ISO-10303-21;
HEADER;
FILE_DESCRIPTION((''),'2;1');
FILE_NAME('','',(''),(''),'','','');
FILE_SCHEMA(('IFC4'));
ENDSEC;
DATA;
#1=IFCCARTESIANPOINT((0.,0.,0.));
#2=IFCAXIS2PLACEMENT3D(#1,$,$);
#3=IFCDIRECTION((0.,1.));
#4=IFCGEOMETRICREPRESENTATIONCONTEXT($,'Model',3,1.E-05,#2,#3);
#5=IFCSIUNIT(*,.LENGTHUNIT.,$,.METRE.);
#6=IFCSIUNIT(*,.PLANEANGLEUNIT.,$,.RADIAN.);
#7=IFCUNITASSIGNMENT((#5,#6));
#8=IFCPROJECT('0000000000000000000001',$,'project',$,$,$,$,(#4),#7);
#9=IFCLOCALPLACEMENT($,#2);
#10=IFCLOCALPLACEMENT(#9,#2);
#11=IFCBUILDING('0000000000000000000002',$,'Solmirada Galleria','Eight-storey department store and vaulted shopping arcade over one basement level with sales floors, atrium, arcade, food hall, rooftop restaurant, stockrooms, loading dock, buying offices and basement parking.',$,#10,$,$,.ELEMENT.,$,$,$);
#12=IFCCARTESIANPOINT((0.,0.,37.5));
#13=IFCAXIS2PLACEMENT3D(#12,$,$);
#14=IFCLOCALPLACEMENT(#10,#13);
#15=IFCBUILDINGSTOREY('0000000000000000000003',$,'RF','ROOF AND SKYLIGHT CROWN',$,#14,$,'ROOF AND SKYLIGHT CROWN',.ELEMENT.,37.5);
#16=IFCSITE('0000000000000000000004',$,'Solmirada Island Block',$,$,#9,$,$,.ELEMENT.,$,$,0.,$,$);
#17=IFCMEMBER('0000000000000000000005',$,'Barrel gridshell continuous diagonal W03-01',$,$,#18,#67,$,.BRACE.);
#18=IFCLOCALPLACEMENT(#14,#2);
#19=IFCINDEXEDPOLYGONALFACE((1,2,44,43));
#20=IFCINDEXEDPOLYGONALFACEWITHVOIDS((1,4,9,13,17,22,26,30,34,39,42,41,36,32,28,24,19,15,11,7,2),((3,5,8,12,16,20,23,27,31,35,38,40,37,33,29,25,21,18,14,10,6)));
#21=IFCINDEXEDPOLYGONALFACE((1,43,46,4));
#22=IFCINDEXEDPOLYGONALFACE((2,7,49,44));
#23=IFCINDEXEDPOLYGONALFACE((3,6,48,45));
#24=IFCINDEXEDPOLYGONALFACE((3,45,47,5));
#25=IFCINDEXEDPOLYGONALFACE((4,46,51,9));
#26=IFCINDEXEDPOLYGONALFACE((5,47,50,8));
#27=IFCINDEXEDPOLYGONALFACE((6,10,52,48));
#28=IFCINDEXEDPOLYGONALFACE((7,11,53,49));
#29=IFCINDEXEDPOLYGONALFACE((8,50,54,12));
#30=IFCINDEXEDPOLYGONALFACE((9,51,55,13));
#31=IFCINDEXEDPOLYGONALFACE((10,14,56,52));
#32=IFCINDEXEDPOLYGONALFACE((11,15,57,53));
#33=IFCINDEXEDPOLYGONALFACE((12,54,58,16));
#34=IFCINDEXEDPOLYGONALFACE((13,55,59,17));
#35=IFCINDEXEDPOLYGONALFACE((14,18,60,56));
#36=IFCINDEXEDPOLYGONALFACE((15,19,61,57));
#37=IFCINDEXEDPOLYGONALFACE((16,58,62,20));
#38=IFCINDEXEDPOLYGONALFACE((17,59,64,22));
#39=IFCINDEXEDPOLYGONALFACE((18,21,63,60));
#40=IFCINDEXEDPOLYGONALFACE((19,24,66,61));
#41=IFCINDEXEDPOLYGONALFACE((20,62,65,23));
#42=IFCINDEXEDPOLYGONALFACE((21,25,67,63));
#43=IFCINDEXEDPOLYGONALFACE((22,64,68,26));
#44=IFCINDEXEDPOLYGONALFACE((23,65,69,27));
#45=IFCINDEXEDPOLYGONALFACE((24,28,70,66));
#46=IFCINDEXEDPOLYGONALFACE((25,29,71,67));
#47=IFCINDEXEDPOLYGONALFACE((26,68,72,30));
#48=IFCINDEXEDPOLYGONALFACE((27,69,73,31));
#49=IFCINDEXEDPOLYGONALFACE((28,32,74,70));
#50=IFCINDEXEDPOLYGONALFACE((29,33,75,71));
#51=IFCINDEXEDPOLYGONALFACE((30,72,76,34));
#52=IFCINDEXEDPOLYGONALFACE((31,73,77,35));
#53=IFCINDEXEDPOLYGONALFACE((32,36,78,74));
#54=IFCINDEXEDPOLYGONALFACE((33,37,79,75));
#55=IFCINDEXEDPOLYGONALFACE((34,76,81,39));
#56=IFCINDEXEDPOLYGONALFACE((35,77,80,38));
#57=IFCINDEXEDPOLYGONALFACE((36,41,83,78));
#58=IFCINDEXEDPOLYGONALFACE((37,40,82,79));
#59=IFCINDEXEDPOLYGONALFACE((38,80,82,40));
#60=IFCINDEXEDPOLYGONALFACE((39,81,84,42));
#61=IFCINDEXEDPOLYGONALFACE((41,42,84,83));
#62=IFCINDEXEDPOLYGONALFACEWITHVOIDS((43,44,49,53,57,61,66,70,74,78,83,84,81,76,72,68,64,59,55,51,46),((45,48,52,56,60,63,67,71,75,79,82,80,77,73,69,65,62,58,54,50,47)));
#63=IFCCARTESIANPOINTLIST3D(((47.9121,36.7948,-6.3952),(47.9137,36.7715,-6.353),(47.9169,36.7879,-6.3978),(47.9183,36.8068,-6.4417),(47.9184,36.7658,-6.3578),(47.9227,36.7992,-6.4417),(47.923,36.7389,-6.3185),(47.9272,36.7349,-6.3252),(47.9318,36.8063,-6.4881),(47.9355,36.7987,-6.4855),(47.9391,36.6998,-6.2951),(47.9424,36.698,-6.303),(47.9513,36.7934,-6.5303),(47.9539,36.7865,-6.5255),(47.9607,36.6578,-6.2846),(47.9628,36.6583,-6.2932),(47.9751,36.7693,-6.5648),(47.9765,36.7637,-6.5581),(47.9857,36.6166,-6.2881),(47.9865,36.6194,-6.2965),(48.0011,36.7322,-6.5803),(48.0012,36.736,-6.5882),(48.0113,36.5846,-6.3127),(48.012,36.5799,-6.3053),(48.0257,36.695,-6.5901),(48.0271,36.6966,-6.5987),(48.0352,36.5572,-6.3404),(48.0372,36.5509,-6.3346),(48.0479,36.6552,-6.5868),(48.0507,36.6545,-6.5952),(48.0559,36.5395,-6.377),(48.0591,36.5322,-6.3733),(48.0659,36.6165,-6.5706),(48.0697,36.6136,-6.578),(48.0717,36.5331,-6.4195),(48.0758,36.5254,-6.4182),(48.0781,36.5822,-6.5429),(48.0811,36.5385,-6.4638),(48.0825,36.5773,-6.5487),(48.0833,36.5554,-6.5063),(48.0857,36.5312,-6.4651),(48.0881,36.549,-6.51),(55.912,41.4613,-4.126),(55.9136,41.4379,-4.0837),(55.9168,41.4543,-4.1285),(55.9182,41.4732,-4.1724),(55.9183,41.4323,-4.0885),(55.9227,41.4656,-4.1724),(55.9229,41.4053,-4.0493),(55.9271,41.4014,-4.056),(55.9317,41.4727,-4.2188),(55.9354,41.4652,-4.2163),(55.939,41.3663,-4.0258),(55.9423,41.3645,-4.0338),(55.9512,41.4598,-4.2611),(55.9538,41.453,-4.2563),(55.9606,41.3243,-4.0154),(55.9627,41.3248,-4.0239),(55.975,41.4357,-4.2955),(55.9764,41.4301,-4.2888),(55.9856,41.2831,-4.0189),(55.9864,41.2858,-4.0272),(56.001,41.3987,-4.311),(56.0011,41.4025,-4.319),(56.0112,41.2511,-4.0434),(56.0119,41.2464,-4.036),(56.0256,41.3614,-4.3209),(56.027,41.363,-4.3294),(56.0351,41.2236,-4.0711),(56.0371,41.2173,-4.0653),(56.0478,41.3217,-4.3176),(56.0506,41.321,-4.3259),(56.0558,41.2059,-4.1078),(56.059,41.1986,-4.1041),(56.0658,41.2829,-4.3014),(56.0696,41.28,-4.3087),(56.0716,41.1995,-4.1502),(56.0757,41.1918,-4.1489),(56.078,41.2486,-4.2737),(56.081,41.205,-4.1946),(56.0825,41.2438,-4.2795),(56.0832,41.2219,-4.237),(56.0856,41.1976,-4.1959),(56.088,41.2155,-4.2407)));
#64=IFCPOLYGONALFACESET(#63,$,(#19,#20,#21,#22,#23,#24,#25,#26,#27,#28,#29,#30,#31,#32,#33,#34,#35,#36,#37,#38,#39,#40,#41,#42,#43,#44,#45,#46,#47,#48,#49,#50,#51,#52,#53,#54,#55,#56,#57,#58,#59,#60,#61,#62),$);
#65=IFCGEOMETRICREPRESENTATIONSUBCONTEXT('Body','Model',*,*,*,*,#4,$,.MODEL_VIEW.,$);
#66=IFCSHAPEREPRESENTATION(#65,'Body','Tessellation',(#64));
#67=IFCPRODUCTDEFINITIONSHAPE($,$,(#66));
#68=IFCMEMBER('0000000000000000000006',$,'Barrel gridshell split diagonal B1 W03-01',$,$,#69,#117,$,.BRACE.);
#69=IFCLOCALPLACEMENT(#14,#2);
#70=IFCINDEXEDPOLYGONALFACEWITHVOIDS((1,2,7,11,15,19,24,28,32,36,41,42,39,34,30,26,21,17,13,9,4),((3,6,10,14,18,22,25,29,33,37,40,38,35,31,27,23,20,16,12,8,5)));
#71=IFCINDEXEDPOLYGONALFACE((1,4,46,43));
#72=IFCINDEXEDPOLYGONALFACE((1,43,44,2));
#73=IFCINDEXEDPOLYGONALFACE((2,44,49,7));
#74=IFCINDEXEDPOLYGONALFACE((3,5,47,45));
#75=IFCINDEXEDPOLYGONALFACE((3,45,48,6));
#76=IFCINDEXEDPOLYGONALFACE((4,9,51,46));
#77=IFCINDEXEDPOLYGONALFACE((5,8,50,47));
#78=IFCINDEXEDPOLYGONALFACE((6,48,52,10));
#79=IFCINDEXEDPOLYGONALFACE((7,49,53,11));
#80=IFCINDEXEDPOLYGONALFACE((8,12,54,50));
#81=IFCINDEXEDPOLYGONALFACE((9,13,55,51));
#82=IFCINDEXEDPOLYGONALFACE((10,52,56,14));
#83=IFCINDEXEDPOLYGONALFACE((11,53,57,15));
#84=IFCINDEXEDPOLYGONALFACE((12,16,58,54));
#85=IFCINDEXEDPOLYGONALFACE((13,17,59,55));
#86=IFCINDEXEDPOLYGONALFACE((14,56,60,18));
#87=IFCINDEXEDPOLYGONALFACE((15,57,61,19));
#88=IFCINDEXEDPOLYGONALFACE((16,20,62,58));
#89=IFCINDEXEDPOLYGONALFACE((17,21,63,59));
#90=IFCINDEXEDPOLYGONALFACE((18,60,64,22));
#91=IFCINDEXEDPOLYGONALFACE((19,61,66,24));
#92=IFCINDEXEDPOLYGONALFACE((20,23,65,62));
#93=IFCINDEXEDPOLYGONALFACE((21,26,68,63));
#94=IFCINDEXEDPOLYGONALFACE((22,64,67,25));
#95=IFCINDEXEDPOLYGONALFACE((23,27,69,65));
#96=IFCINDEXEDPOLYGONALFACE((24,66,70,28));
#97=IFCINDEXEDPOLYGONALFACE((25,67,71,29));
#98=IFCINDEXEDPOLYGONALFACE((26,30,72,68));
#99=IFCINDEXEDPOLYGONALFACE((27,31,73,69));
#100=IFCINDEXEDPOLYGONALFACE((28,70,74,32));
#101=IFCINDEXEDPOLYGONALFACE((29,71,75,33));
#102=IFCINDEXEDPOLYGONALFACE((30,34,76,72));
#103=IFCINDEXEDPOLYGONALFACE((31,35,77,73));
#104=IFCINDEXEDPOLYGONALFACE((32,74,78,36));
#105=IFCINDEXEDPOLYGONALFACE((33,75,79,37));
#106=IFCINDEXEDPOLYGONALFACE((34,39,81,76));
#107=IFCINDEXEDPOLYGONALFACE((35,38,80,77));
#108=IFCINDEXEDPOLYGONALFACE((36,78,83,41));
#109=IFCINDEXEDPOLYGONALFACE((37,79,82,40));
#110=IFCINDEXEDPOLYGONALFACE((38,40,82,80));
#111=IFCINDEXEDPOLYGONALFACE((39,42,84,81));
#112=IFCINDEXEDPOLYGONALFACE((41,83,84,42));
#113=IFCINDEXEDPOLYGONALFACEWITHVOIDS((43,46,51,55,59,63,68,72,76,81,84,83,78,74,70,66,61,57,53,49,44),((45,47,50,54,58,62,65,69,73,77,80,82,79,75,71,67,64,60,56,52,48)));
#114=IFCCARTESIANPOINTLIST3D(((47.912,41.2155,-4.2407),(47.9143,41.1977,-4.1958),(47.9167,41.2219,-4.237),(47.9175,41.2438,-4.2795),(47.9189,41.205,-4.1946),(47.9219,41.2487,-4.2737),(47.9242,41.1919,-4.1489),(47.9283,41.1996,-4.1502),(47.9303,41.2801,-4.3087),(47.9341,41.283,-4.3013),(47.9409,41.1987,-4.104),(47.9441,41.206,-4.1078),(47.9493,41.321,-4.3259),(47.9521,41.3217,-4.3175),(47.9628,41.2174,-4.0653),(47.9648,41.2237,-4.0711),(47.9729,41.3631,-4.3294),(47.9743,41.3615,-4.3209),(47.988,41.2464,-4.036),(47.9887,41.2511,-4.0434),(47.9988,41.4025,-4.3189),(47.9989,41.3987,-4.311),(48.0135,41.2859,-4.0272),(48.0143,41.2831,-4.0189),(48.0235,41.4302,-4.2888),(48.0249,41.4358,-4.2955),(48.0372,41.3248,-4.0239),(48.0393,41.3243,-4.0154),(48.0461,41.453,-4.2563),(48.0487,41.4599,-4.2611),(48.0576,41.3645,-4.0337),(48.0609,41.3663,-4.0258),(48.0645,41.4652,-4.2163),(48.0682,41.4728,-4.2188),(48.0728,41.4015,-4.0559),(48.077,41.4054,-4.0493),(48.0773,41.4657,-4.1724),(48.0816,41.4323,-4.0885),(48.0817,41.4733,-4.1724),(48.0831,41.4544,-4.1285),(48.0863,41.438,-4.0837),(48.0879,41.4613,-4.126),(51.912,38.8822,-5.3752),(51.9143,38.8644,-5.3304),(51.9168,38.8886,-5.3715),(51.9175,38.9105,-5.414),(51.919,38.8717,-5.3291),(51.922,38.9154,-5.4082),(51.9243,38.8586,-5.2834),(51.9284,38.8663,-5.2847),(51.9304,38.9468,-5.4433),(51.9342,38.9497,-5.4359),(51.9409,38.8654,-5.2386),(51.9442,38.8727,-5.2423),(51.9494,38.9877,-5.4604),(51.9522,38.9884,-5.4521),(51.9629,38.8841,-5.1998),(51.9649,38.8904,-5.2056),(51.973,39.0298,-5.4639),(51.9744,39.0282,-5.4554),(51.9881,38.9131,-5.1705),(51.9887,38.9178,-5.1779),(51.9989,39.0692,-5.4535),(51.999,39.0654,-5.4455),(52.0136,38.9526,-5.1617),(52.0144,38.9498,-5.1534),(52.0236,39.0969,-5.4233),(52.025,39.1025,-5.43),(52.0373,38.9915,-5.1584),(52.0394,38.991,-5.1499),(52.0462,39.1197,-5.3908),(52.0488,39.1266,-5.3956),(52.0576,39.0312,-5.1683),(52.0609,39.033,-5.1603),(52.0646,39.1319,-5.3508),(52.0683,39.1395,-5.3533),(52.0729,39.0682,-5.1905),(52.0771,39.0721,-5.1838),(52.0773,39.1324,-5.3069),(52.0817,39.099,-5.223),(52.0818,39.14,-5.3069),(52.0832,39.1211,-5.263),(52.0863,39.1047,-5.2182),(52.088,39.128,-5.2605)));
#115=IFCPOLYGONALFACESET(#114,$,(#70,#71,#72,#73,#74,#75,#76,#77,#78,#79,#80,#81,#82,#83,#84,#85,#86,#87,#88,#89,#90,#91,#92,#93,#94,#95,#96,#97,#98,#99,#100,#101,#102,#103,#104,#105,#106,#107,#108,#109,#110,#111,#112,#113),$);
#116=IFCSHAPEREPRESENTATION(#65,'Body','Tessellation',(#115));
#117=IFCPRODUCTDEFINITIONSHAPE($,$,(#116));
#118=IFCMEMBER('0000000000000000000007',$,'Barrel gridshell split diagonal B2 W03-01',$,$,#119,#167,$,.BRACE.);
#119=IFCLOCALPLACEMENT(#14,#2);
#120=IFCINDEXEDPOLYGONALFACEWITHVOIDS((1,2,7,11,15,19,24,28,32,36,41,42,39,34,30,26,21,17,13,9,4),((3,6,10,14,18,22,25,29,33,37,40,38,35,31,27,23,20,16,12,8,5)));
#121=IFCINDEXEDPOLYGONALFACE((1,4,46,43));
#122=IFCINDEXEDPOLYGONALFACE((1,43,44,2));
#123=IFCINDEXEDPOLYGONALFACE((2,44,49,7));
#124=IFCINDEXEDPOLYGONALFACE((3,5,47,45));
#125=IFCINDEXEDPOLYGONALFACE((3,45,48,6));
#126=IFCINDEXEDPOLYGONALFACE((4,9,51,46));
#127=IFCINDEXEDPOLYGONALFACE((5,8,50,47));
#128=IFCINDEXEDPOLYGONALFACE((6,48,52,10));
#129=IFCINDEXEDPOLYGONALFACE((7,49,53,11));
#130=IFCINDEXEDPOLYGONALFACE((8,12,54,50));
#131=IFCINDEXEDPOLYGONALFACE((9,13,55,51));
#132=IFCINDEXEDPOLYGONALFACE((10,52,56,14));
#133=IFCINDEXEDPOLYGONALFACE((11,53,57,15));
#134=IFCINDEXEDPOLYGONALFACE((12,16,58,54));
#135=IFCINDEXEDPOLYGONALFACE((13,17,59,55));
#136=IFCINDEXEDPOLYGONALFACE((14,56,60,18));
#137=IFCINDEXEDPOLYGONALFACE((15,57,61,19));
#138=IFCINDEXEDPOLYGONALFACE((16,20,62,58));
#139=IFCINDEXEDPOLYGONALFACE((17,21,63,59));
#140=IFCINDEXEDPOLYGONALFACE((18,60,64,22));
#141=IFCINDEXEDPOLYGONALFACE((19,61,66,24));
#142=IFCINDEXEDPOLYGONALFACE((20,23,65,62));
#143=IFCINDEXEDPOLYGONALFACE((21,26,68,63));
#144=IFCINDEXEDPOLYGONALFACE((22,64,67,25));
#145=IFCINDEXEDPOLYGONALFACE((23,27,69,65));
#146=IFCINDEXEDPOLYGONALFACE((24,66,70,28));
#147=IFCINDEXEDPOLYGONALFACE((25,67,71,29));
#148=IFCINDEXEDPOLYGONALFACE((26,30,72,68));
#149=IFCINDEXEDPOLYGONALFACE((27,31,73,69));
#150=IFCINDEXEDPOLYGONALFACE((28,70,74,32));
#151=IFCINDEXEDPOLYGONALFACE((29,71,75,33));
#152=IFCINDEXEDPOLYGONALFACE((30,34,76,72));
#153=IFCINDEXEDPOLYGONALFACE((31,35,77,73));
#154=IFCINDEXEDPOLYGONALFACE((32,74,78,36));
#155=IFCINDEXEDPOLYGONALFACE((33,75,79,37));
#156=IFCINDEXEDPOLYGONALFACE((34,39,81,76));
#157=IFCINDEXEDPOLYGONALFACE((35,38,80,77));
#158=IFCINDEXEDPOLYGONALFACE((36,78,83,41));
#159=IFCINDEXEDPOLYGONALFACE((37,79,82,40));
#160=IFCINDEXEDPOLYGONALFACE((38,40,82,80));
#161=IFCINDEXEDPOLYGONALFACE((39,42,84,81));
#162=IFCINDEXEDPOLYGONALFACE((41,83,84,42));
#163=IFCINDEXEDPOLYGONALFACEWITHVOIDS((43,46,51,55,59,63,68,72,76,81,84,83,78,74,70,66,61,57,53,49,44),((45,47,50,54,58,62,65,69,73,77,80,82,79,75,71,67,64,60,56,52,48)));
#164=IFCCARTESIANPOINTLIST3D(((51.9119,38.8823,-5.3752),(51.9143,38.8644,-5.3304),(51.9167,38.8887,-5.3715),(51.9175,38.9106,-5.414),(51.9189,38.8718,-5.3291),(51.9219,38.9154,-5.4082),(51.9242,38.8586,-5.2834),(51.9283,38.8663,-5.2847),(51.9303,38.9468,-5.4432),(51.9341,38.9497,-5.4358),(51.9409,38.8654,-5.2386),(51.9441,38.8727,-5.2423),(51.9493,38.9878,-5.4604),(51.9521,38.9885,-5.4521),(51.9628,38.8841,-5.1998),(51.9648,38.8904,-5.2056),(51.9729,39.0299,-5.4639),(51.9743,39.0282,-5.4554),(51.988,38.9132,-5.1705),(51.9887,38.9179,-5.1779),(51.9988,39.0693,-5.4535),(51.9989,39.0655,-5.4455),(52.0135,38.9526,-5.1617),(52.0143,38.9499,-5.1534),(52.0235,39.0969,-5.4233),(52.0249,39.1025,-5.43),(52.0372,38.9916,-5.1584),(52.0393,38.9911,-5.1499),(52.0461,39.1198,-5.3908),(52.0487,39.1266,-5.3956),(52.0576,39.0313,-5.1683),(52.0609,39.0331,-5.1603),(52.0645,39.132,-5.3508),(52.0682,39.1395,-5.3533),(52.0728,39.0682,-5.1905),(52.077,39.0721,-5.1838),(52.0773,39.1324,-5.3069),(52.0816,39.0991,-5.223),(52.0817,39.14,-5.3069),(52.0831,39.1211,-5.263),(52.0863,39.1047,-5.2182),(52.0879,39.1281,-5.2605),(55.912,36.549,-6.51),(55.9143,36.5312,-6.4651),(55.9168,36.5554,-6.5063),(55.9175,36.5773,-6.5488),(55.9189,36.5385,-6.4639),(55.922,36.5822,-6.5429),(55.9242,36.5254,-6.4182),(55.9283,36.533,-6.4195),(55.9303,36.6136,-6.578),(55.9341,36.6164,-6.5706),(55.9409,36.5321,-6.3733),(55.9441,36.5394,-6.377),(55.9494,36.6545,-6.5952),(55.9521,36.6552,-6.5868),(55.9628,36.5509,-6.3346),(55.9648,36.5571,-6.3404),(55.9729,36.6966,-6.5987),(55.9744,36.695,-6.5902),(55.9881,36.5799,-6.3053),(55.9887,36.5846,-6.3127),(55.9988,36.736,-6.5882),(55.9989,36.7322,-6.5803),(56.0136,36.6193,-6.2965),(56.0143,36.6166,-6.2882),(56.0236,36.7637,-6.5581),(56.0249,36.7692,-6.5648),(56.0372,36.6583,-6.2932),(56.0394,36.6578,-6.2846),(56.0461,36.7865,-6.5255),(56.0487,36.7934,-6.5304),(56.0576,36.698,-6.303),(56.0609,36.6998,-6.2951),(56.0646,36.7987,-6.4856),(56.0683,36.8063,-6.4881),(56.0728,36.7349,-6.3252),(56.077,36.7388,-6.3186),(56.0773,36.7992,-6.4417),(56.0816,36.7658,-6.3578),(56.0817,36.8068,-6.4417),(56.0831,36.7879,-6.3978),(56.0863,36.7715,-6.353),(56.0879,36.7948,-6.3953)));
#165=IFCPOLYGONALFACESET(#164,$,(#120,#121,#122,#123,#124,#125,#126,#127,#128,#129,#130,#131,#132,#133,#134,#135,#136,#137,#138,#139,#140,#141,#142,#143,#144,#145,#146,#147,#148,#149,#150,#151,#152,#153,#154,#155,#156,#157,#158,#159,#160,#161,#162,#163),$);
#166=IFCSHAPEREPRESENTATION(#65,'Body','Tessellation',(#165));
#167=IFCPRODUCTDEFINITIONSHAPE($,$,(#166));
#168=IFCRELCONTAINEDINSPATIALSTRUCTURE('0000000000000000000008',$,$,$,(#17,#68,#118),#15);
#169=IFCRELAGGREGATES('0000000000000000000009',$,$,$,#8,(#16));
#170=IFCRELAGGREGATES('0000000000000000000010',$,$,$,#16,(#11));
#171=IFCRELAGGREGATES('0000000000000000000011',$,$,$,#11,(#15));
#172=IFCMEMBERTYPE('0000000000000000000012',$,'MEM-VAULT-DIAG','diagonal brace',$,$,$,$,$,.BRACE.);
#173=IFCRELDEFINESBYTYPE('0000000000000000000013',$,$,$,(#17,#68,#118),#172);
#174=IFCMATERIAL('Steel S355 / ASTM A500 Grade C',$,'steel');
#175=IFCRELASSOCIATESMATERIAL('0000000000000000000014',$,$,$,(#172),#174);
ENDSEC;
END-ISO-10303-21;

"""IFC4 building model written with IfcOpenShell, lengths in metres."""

from ifc_helpers import new_model, si_unit, direction, frame, origin, origin_2d, place, context, subcontext, project, spatial, hollow_circle, extrude, material, material_profile, profile_set, type_object, element, save


model = new_model("IFC4")

# Units and contexts
model_context = context("Model", 3, precision=1e-05, world=origin(), true_north=direction((0.0, 1.0)))
body_context = subcontext(model_context, "Body", "Model", "MODEL_VIEW")
ifc_project = project(units=[si_unit("LENGTHUNIT", "METRE"), si_unit("PLANEANGLEUNIT", "RADIAN")], contexts=[model_context])

# Site, building, storey
site_placement = place(None, origin())
site = spatial("IfcSite", under=ifc_project, at=site_placement, Name="Solmirada Island Block", CompositionType="ELEMENT", RefElevation=0.0)
building_placement = place(site_placement, origin())
building = spatial("IfcBuilding", under=site, at=building_placement, Name="Solmirada Galleria", Description="Eight-storey department store and vaulted shopping arcade over one basement level with sales floors, atrium, arcade, food hall, rooftop restaurant, stockrooms, loading dock, buying offices and basement parking.", CompositionType="ELEMENT")
storey_placement = place(building_placement, frame((0.0, 0.0, 37.5)))
storey = spatial("IfcBuildingStorey", under=building, at=storey_placement, Name="RF", Description="ROOF AND SKYLIGHT CROWN", LongName="ROOF AND SKYLIGHT CROWN", CompositionType="ELEMENT", Elevation=37.5)

# Members
ifc_material_1 = material(Name="Steel S355 / ASTM A500 Grade C", Category="steel")
ifc_material_profile_1 = material_profile(ifc_material_1, hollow_circle(Radius=0.1621, WallThickness=0.0088, at=origin_2d()), Name="HSS12.750X0.375")
ifc_profile_set_1 = profile_set([ifc_material_profile_1], Name="Steel S355 / ASTM A500 Grade C")
member_type_1 = type_object("IfcMemberType", Name="MEM-VAULT-DIAG", Description="diagonal brace", PredefinedType="BRACE", material=ifc_profile_set_1)
member_1_placement = place(storey_placement, frame((48.0, 36.6667, -6.4417), z_axis=(0.838969, 0.489382, 0.237983), x_axis=(-0.503858, 0.863787, 0.0)))
element("IfcMember", 1, at=member_1_placement, inside=storey, type_object=member_type_1, Name="Barrel gridshell continuous diagonal W03-01", PredefinedType="BRACE", context=body_context, shape_type="SweptSolid", body=[
    extrude(hollow_circle(Radius=0.1621, WallThickness=0.0088, at=origin_2d()), origin(), (0.0, 0.0, 1.0), 9.5354),
])
for number, where, z_axis, x_axis, name in (
    (2, (48.0, 41.3333, -4.1724), (0.838975, -0.489385, -0.237959), (0.503858, 0.863787, 0.0), "Barrel gridshell split diagonal B1 W03-01"),
    (3, (52.0, 39.0, -5.3069), (0.838964, -0.489379, -0.238007), (0.503858, 0.863787, 0.0), "Barrel gridshell split diagonal B2 W03-01"),
):
    element("IfcMember", number, at=place(storey_placement, frame(where, z_axis=z_axis, x_axis=x_axis)), inside=storey, type_object=member_type_1, Name=name, PredefinedType="BRACE", context=body_context, shape_type="SweptSolid", body=[
        extrude(hollow_circle(Radius=0.1621, WallThickness=0.0088, at=origin_2d()), origin(), (0.0, 0.0, 1.0), 4.7678),
    ])

save(model, "model.ifc")
